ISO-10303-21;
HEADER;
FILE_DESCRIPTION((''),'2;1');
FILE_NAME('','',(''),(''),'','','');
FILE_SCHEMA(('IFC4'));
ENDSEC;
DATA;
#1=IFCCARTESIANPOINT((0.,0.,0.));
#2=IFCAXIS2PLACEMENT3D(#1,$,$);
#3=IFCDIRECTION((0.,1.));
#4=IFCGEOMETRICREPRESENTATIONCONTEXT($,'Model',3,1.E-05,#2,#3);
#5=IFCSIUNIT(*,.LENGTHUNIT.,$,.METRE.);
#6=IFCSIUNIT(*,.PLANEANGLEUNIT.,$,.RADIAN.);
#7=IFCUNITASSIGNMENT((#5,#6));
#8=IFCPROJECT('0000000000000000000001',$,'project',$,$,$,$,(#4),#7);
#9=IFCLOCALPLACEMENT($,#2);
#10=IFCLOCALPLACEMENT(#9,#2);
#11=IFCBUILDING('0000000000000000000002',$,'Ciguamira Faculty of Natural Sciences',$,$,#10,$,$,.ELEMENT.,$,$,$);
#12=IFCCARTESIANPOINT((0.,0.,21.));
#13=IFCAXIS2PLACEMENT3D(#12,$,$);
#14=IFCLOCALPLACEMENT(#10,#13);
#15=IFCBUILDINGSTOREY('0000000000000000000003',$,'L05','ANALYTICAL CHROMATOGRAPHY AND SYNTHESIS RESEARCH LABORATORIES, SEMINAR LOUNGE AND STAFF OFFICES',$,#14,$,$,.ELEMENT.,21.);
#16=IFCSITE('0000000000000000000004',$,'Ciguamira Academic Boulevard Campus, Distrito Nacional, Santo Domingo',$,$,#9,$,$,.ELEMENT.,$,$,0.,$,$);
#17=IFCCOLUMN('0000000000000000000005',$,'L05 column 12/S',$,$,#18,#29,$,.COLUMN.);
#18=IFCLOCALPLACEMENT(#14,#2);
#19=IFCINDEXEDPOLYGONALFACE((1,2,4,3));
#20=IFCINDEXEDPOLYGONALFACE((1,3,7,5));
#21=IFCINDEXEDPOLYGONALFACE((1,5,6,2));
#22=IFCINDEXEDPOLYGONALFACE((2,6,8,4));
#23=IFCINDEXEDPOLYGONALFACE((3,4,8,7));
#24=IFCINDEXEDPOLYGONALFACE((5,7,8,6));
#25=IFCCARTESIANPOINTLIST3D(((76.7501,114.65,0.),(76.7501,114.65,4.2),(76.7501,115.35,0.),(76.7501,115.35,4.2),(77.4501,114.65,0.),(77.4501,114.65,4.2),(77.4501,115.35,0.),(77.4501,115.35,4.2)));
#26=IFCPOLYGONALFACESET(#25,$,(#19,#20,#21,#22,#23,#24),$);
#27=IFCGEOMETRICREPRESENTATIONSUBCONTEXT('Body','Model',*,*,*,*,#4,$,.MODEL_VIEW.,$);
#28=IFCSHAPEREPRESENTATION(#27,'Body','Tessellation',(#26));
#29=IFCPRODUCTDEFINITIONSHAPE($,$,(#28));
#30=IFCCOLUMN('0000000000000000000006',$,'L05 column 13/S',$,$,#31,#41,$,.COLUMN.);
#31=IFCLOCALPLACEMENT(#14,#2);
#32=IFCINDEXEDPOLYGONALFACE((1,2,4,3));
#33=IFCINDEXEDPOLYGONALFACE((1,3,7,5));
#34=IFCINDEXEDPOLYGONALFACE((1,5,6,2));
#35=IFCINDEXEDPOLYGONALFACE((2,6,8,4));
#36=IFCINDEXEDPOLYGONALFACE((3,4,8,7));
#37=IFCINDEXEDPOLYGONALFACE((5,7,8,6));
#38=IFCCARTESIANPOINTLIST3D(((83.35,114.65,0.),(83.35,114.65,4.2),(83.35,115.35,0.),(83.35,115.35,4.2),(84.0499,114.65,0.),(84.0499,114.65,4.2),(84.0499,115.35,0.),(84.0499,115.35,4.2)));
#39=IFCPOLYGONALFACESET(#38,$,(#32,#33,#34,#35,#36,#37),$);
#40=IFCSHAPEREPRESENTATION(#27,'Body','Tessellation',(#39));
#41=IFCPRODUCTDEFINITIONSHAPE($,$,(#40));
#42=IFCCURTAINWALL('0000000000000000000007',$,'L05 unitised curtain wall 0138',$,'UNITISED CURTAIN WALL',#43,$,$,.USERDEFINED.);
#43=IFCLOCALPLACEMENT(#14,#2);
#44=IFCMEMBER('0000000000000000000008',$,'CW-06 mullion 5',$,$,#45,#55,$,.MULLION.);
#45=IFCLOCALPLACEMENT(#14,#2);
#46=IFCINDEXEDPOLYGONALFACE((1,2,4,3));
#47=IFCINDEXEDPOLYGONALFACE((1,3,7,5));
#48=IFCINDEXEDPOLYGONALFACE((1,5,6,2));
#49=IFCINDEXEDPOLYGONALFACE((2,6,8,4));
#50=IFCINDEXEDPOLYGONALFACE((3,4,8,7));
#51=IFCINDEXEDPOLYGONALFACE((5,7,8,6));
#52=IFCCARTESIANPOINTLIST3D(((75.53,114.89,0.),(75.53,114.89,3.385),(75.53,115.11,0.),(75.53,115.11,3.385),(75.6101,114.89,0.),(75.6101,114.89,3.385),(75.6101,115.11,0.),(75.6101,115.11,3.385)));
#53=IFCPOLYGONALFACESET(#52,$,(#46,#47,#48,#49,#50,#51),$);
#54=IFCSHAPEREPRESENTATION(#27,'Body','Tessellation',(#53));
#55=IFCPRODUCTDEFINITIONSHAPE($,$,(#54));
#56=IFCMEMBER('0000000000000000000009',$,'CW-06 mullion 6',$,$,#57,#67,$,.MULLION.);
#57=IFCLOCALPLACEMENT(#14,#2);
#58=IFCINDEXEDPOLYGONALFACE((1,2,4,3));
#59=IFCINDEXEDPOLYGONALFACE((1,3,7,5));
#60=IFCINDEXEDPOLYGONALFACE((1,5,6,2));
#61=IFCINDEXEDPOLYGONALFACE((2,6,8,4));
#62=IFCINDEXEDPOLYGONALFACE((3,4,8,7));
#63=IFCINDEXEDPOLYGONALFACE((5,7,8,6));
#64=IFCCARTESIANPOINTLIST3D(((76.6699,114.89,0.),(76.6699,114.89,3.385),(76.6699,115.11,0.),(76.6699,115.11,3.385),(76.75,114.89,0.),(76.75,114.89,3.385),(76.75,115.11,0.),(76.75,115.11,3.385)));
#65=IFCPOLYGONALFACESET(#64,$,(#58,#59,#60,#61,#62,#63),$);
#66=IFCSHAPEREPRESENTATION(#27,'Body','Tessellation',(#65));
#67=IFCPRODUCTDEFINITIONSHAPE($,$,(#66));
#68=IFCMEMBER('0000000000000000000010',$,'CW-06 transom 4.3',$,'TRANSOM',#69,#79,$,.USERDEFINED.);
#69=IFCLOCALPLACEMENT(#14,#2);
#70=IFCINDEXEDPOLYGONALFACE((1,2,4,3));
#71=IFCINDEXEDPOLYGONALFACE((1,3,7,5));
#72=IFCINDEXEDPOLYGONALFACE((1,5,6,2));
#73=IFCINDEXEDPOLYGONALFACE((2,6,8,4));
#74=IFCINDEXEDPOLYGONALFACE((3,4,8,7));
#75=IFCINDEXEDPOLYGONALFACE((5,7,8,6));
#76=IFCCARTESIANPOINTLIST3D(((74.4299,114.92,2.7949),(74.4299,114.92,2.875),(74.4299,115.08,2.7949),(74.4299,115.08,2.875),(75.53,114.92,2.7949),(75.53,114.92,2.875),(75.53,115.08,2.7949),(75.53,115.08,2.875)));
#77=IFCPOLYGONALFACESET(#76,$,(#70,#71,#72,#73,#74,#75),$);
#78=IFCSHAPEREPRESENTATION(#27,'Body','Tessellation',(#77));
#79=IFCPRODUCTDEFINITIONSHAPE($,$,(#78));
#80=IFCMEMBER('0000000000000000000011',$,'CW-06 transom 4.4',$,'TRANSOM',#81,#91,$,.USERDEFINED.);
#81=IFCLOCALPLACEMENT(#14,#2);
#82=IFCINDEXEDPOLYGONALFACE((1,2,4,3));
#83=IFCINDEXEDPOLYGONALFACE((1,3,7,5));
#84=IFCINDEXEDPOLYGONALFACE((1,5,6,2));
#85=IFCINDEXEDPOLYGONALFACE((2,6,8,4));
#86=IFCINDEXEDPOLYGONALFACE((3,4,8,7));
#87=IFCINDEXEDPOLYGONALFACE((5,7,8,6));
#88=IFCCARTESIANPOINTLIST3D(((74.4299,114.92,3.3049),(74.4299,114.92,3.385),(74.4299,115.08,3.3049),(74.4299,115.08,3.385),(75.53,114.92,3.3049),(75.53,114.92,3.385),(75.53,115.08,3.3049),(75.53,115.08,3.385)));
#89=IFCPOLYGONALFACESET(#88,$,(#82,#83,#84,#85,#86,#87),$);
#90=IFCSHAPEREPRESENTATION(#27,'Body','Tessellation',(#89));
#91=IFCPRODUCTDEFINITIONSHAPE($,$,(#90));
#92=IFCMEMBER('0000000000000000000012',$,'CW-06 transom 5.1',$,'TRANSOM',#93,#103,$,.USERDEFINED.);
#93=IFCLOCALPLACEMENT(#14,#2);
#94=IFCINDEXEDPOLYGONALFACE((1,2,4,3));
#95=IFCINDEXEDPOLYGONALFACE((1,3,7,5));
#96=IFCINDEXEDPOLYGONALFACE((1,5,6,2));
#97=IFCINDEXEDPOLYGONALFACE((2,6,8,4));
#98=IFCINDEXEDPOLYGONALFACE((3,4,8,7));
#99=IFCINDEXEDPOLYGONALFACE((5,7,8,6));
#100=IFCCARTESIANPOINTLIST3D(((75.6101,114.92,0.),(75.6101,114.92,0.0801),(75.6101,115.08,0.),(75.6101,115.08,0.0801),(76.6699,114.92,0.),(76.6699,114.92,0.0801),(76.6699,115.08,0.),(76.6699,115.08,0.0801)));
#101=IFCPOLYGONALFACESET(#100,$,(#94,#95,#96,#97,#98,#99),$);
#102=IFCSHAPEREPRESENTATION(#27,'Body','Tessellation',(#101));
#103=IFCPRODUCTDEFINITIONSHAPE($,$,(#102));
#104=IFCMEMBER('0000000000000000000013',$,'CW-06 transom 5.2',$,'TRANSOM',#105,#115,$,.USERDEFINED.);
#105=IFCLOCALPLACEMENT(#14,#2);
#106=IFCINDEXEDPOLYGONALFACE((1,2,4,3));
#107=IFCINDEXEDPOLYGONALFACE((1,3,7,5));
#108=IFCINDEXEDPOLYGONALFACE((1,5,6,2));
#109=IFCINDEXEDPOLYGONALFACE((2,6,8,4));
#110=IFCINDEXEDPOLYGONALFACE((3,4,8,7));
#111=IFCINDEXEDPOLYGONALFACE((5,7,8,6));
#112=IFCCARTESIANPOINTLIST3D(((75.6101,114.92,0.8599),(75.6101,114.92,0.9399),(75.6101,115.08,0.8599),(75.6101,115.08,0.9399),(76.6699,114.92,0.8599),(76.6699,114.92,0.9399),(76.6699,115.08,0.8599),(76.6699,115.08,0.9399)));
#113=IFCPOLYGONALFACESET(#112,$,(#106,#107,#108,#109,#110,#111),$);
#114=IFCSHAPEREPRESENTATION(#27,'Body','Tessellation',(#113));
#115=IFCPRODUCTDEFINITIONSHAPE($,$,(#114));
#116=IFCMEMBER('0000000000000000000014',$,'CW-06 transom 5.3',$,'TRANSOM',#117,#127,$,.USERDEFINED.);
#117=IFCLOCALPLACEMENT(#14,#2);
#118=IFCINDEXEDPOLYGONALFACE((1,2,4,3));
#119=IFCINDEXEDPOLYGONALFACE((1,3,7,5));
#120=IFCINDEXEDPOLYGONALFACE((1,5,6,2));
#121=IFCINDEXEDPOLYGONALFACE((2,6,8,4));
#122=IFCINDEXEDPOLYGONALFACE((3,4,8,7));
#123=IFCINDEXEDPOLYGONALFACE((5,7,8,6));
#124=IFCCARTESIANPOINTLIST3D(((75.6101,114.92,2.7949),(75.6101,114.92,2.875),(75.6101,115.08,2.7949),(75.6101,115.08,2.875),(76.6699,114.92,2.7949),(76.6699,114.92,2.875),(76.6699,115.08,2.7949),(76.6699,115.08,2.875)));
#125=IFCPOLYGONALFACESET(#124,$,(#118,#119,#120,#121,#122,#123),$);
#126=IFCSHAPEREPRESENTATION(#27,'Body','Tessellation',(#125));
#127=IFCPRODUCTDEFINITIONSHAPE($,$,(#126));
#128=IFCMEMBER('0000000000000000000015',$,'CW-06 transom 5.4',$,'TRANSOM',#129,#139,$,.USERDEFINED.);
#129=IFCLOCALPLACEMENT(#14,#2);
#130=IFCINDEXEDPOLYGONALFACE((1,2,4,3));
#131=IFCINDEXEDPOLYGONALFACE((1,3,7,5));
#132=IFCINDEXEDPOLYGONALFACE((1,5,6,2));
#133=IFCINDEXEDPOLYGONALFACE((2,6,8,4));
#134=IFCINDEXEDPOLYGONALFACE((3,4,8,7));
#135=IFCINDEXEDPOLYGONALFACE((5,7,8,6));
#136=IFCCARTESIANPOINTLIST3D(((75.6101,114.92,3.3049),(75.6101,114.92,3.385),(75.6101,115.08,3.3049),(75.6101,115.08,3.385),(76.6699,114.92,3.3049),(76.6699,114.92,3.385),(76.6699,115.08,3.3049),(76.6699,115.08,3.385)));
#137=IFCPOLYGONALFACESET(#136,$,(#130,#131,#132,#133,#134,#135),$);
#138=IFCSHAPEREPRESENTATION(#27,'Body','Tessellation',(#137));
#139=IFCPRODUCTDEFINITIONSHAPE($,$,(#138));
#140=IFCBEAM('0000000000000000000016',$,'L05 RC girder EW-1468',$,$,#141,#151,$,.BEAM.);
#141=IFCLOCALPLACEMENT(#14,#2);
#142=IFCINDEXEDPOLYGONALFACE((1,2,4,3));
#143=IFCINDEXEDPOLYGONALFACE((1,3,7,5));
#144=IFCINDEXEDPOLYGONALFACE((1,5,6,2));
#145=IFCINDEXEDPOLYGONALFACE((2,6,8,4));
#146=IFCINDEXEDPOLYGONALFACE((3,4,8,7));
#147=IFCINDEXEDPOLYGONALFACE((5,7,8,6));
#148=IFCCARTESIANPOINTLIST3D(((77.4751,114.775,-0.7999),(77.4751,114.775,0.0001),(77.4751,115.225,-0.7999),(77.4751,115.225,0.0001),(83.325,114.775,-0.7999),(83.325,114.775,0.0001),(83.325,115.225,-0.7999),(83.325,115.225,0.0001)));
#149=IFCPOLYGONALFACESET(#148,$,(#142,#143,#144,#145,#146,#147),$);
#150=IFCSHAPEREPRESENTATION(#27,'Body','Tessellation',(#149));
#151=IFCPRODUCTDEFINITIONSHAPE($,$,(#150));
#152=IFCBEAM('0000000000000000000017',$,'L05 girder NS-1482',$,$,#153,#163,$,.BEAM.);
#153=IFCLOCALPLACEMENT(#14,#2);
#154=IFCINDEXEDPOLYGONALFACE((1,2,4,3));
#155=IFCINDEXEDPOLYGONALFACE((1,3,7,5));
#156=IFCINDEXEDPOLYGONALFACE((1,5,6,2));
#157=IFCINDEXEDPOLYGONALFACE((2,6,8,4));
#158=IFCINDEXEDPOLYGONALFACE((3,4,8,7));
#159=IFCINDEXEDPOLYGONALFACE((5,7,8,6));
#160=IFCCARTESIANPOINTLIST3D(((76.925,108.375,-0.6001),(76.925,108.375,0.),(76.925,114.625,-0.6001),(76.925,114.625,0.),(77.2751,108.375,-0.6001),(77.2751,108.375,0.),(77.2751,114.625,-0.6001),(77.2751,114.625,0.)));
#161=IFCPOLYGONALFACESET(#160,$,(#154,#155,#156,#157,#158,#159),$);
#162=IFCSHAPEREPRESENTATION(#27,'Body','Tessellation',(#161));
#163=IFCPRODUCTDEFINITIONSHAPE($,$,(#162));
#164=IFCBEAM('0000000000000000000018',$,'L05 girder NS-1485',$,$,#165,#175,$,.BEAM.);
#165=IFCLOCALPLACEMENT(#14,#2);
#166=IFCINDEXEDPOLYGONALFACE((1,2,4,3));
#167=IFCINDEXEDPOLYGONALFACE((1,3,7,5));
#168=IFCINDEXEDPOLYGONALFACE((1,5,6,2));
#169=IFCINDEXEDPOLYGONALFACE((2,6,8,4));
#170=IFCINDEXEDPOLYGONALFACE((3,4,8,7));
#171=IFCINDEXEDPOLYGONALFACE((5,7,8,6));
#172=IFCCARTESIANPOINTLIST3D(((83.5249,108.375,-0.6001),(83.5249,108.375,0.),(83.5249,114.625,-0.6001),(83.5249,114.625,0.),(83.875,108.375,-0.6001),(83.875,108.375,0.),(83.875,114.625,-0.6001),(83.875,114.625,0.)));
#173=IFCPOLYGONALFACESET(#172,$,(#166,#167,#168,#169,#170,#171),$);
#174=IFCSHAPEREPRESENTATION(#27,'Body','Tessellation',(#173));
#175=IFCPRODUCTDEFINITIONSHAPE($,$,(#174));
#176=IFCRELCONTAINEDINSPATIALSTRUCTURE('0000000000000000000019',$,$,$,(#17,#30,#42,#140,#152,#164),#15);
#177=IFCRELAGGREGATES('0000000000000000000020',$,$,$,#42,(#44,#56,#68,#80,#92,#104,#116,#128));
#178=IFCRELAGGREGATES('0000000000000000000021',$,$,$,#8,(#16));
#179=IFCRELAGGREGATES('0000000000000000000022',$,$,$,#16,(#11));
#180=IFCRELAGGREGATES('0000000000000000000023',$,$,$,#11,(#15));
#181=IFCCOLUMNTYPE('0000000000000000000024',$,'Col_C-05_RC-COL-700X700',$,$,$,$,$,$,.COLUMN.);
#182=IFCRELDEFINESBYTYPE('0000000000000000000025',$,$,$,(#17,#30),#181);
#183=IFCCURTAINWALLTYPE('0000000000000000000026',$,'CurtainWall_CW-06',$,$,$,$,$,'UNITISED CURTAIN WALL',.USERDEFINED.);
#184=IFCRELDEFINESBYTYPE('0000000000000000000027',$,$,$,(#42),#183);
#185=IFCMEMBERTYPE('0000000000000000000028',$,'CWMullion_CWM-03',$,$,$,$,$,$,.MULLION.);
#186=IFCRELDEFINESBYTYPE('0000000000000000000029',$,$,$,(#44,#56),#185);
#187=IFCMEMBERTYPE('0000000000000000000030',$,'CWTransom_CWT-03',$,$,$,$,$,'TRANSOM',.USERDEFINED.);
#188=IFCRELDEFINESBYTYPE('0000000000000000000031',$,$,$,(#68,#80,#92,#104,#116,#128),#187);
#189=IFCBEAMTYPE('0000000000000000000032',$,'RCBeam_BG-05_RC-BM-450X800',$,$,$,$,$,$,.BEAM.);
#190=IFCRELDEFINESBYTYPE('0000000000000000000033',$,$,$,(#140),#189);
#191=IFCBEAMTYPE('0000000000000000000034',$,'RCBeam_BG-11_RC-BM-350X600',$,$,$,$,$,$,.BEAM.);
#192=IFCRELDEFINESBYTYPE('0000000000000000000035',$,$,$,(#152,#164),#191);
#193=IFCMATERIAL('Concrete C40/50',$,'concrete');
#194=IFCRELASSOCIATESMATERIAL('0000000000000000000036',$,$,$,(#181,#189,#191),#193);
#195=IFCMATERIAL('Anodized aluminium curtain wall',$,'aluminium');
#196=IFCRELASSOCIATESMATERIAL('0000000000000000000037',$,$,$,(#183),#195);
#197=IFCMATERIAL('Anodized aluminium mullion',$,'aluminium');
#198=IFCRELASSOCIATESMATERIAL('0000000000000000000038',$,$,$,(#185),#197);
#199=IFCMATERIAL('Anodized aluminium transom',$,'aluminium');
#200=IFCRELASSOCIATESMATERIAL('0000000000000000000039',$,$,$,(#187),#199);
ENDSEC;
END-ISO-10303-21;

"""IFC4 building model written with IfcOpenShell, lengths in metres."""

from ifc_helpers import new_model, si_unit, direction, frame, origin, origin_2d, place, context, subcontext, project, spatial, rectangle, extrude, material, material_profile, profile_set, type_object, element, aggregate, save


model = new_model("IFC4")

# Units and contexts
model_context = context("Model", 3, precision=1e-05, world=origin(), true_north=direction((0.0, 1.0)))
body_context = subcontext(model_context, "Body", "Model", "MODEL_VIEW")
ifc_project = project(units=[si_unit("LENGTHUNIT", "METRE"), si_unit("PLANEANGLEUNIT", "RADIAN")], contexts=[model_context])

# Site, building, storey
site_placement = place(None, origin())
site = spatial("IfcSite", under=ifc_project, at=site_placement, Name="Ciguamira Academic Boulevard Campus, Distrito Nacional, Santo Domingo", CompositionType="ELEMENT", RefElevation=0.0)
building_placement = place(site_placement, origin())
building = spatial("IfcBuilding", under=site, at=building_placement, Name="Ciguamira Faculty of Natural Sciences", CompositionType="ELEMENT")
storey_placement = place(building_placement, frame((0.0, 0.0, 21.0)))
storey = spatial("IfcBuildingStorey", under=building, at=storey_placement, Name="L05", Description="ANALYTICAL CHROMATOGRAPHY AND SYNTHESIS RESEARCH LABORATORIES, SEMINAR LOUNGE AND STAFF OFFICES", CompositionType="ELEMENT", Elevation=21.0)

# Columns
ifc_material_1 = material(Name="Concrete C40/50", Category="concrete")
ifc_material_profile_1 = material_profile(ifc_material_1, rectangle(XDim=0.7, YDim=0.7, at=origin_2d()), Name="RC-COL-700X700")
ifc_profile_set_1 = profile_set([ifc_material_profile_1], Name="Concrete C40/50")
column_type = type_object("IfcColumnType", Name="Col_C-05_RC-COL-700X700", PredefinedType="COLUMN", material=ifc_profile_set_1)
for number, where, z_axis, x_axis, name in (
    (1, (77.1001, 115.0, 0.0), (0.0, 0.0, 1.0), (1.0, 0.0, 0.0), "L05 column 12/S"),
    (2, (83.7, 115.0, 0.0), (0.0, 0.0, 1.0), (1.0, 0.0, 0.0), "L05 column 13/S"),
):
    element("IfcColumn", number, at=place(storey_placement, frame(where, z_axis=z_axis, x_axis=x_axis)), inside=storey, type_object=column_type, Name=name, PredefinedType="COLUMN", context=body_context, shape_type="SweptSolid", body=[
        extrude(rectangle(XDim=0.7, YDim=0.7, at=origin_2d()), origin(), (0.0, 0.0, 1.0), 4.2),
    ])

# Curtain wall, members
ifc_material_2 = material(Name="Anodized aluminium curtain wall", Category="aluminium")
curtain_wall_type = type_object("IfcCurtainWallType", Name="CurtainWall_CW-06", ElementType="UNITISED CURTAIN WALL", PredefinedType="USERDEFINED", material=ifc_material_2)
curtain_wall_placement = place(storey_placement, origin())
curtain_wall = element("IfcCurtainWall", 3, at=curtain_wall_placement, inside=storey, type_object=curtain_wall_type, Name="L05 unitised curtain wall 0138", ObjectType="UNITISED CURTAIN WALL", PredefinedType="USERDEFINED")
ifc_material_3 = material(Name="Anodized aluminium mullion", Category="aluminium")
ifc_material_profile_2 = material_profile(ifc_material_3, rectangle(XDim=0.0801, YDim=0.22, at=origin_2d()), Name="ALU-MUL-80X220")
ifc_profile_set_2 = profile_set([ifc_material_profile_2], Name="Anodized aluminium mullion")
member_type_1 = type_object("IfcMemberType", Name="CWMullion_CWM-03", PredefinedType="MULLION", material=ifc_profile_set_2)
member_1_placement = place(storey_placement, frame((75.5701, 115.0, 0.0), z_axis=(0.0, 0.0, 1.0), x_axis=(1.0, 0.0, 0.0)))
member_1 = element("IfcMember", 4, at=member_1_placement, type_object=member_type_1, Name="CW-06 mullion 5", PredefinedType="MULLION", context=body_context, shape_type="SweptSolid", body=[
    extrude(rectangle(XDim=0.0801, YDim=0.22, at=origin_2d()), origin(), (0.0, 0.0, 1.0), 3.385),
])
member_2_placement = place(storey_placement, frame((76.71, 115.0, 0.0), z_axis=(0.0, 0.0, 1.0), x_axis=(1.0, 0.0, 0.0)))
member_2 = element("IfcMember", 5, at=member_2_placement, type_object=member_type_1, Name="CW-06 mullion 6", PredefinedType="MULLION", context=body_context, shape_type="SweptSolid", body=[
    extrude(rectangle(XDim=0.0801, YDim=0.22, at=origin_2d()), origin(), (0.0, 0.0, 1.0), 3.385),
])
ifc_material_4 = material(Name="Anodized aluminium transom", Category="aluminium")
ifc_material_profile_3 = material_profile(ifc_material_4, rectangle(XDim=0.0801, YDim=0.1599, at=origin_2d()), Name="ALU-TRN-80X160")
ifc_profile_set_3 = profile_set([ifc_material_profile_3], Name="Anodized aluminium transom")
member_type_2 = type_object("IfcMemberType", Name="CWTransom_CWT-03", ElementType="TRANSOM", PredefinedType="USERDEFINED", material=ifc_profile_set_3)
member_3_placement = place(storey_placement, frame((74.4299, 115.0, 2.835), z_axis=(1.0, 0.0, 0.0), x_axis=(0.0, 0.0, 1.0)))
member_3 = element("IfcMember", 6, at=member_3_placement, type_object=member_type_2, Name="CW-06 transom 4.3", ObjectType="TRANSOM", PredefinedType="USERDEFINED", context=body_context, shape_type="SweptSolid", body=[
    extrude(rectangle(XDim=0.0801, YDim=0.1599, at=origin_2d()), origin(), (0.0, 0.0, 1.0), 1.1001),
])
member_4_placement = place(storey_placement, frame((74.4299, 115.0, 3.345), z_axis=(1.0, 0.0, 0.0), x_axis=(0.0, 0.0, 1.0)))
member_4 = element("IfcMember", 7, at=member_4_placement, type_object=member_type_2, Name="CW-06 transom 4.4", ObjectType="TRANSOM", PredefinedType="USERDEFINED", context=body_context, shape_type="SweptSolid", body=[
    extrude(rectangle(XDim=0.0801, YDim=0.1599, at=origin_2d()), origin(), (0.0, 0.0, 1.0), 1.1001),
])
member_5_placement = place(storey_placement, frame((75.6101, 115.0, 0.04), z_axis=(1.0, 0.0, 0.0), x_axis=(0.0, 0.0, 1.0)))
member_5 = element("IfcMember", 8, at=member_5_placement, type_object=member_type_2, Name="CW-06 transom 5.1", ObjectType="TRANSOM", PredefinedType="USERDEFINED", context=body_context, shape_type="SweptSolid", body=[
    extrude(rectangle(XDim=0.0801, YDim=0.1599, at=origin_2d()), origin(), (0.0, 0.0, 1.0), 1.0598),
])
member_6_placement = place(storey_placement, frame((75.6101, 115.0, 0.8999), z_axis=(1.0, 0.0, 0.0), x_axis=(0.0, 0.0, 1.0)))
member_6 = element("IfcMember", 9, at=member_6_placement, type_object=member_type_2, Name="CW-06 transom 5.2", ObjectType="TRANSOM", PredefinedType="USERDEFINED", context=body_context, shape_type="SweptSolid", body=[
    extrude(rectangle(XDim=0.0801, YDim=0.1599, at=origin_2d()), origin(), (0.0, 0.0, 1.0), 1.0598),
])
member_7_placement = place(storey_placement, frame((75.6101, 115.0, 2.835), z_axis=(1.0, 0.0, 0.0), x_axis=(0.0, 0.0, 1.0)))
member_7 = element("IfcMember", 10, at=member_7_placement, type_object=member_type_2, Name="CW-06 transom 5.3", ObjectType="TRANSOM", PredefinedType="USERDEFINED", context=body_context, shape_type="SweptSolid", body=[
    extrude(rectangle(XDim=0.0801, YDim=0.1599, at=origin_2d()), origin(), (0.0, 0.0, 1.0), 1.0598),
])
member_8_placement = place(storey_placement, frame((75.6101, 115.0, 3.345), z_axis=(1.0, 0.0, 0.0), x_axis=(0.0, 0.0, 1.0)))
member_8 = element("IfcMember", 11, at=member_8_placement, type_object=member_type_2, Name="CW-06 transom 5.4", ObjectType="TRANSOM", PredefinedType="USERDEFINED", context=body_context, shape_type="SweptSolid", body=[
    extrude(rectangle(XDim=0.0801, YDim=0.1599, at=origin_2d()), origin(), (0.0, 0.0, 1.0), 1.0598),
])

# Beams
ifc_material_profile_4 = material_profile(ifc_material_1, rectangle(XDim=0.45, YDim=0.8, at=origin_2d()), Name="RC-BM-450X800")
ifc_profile_set_4 = profile_set([ifc_material_profile_4], Name="Concrete C40/50")
beam_type_1 = type_object("IfcBeamType", Name="RCBeam_BG-05_RC-BM-450X800", PredefinedType="BEAM", material=ifc_profile_set_4)
beam_1_placement = place(storey_placement, frame((77.4751, 115.0, -0.3999), z_axis=(1.0, 0.0, 0.0), x_axis=(0.0, 1.0, 0.0)))
element("IfcBeam", 12, at=beam_1_placement, inside=storey, type_object=beam_type_1, Name="L05 RC girder EW-1468", PredefinedType="BEAM", context=body_context, shape_type="SweptSolid", body=[
    extrude(rectangle(XDim=0.45, YDim=0.8, at=origin_2d()), origin(), (0.0, 0.0, 1.0), 5.8499),
])
ifc_material_profile_5 = material_profile(ifc_material_1, rectangle(XDim=0.3501, YDim=0.6001, at=origin_2d()), Name="RC-BM-350X600")
ifc_profile_set_5 = profile_set([ifc_material_profile_5], Name="Concrete C40/50")
beam_type_2 = type_object("IfcBeamType", Name="RCBeam_BG-11_RC-BM-350X600", PredefinedType="BEAM", material=ifc_profile_set_5)
for number, where, z_axis, x_axis, name in (
    (13, (77.1001, 108.375, -0.3), (0.0, 1.0, 0.0), (-1.0, 0.0, 0.0), "L05 girder NS-1482"),
    (14, (83.7, 108.375, -0.3), (0.0, 1.0, 0.0), (-1.0, 0.0, 0.0), "L05 girder NS-1485"),
):
    element("IfcBeam", number, at=place(storey_placement, frame(where, z_axis=z_axis, x_axis=x_axis)), inside=storey, type_object=beam_type_2, Name=name, PredefinedType="BEAM", context=body_context, shape_type="SweptSolid", body=[
        extrude(rectangle(XDim=0.3501, YDim=0.6001, at=origin_2d()), origin(), (0.0, 0.0, 1.0), 6.25),
    ])

aggregate(curtain_wall, [member_1, member_2, member_3, member_4, member_5, member_6, member_7, member_8])

save(model, "model.ifc")
